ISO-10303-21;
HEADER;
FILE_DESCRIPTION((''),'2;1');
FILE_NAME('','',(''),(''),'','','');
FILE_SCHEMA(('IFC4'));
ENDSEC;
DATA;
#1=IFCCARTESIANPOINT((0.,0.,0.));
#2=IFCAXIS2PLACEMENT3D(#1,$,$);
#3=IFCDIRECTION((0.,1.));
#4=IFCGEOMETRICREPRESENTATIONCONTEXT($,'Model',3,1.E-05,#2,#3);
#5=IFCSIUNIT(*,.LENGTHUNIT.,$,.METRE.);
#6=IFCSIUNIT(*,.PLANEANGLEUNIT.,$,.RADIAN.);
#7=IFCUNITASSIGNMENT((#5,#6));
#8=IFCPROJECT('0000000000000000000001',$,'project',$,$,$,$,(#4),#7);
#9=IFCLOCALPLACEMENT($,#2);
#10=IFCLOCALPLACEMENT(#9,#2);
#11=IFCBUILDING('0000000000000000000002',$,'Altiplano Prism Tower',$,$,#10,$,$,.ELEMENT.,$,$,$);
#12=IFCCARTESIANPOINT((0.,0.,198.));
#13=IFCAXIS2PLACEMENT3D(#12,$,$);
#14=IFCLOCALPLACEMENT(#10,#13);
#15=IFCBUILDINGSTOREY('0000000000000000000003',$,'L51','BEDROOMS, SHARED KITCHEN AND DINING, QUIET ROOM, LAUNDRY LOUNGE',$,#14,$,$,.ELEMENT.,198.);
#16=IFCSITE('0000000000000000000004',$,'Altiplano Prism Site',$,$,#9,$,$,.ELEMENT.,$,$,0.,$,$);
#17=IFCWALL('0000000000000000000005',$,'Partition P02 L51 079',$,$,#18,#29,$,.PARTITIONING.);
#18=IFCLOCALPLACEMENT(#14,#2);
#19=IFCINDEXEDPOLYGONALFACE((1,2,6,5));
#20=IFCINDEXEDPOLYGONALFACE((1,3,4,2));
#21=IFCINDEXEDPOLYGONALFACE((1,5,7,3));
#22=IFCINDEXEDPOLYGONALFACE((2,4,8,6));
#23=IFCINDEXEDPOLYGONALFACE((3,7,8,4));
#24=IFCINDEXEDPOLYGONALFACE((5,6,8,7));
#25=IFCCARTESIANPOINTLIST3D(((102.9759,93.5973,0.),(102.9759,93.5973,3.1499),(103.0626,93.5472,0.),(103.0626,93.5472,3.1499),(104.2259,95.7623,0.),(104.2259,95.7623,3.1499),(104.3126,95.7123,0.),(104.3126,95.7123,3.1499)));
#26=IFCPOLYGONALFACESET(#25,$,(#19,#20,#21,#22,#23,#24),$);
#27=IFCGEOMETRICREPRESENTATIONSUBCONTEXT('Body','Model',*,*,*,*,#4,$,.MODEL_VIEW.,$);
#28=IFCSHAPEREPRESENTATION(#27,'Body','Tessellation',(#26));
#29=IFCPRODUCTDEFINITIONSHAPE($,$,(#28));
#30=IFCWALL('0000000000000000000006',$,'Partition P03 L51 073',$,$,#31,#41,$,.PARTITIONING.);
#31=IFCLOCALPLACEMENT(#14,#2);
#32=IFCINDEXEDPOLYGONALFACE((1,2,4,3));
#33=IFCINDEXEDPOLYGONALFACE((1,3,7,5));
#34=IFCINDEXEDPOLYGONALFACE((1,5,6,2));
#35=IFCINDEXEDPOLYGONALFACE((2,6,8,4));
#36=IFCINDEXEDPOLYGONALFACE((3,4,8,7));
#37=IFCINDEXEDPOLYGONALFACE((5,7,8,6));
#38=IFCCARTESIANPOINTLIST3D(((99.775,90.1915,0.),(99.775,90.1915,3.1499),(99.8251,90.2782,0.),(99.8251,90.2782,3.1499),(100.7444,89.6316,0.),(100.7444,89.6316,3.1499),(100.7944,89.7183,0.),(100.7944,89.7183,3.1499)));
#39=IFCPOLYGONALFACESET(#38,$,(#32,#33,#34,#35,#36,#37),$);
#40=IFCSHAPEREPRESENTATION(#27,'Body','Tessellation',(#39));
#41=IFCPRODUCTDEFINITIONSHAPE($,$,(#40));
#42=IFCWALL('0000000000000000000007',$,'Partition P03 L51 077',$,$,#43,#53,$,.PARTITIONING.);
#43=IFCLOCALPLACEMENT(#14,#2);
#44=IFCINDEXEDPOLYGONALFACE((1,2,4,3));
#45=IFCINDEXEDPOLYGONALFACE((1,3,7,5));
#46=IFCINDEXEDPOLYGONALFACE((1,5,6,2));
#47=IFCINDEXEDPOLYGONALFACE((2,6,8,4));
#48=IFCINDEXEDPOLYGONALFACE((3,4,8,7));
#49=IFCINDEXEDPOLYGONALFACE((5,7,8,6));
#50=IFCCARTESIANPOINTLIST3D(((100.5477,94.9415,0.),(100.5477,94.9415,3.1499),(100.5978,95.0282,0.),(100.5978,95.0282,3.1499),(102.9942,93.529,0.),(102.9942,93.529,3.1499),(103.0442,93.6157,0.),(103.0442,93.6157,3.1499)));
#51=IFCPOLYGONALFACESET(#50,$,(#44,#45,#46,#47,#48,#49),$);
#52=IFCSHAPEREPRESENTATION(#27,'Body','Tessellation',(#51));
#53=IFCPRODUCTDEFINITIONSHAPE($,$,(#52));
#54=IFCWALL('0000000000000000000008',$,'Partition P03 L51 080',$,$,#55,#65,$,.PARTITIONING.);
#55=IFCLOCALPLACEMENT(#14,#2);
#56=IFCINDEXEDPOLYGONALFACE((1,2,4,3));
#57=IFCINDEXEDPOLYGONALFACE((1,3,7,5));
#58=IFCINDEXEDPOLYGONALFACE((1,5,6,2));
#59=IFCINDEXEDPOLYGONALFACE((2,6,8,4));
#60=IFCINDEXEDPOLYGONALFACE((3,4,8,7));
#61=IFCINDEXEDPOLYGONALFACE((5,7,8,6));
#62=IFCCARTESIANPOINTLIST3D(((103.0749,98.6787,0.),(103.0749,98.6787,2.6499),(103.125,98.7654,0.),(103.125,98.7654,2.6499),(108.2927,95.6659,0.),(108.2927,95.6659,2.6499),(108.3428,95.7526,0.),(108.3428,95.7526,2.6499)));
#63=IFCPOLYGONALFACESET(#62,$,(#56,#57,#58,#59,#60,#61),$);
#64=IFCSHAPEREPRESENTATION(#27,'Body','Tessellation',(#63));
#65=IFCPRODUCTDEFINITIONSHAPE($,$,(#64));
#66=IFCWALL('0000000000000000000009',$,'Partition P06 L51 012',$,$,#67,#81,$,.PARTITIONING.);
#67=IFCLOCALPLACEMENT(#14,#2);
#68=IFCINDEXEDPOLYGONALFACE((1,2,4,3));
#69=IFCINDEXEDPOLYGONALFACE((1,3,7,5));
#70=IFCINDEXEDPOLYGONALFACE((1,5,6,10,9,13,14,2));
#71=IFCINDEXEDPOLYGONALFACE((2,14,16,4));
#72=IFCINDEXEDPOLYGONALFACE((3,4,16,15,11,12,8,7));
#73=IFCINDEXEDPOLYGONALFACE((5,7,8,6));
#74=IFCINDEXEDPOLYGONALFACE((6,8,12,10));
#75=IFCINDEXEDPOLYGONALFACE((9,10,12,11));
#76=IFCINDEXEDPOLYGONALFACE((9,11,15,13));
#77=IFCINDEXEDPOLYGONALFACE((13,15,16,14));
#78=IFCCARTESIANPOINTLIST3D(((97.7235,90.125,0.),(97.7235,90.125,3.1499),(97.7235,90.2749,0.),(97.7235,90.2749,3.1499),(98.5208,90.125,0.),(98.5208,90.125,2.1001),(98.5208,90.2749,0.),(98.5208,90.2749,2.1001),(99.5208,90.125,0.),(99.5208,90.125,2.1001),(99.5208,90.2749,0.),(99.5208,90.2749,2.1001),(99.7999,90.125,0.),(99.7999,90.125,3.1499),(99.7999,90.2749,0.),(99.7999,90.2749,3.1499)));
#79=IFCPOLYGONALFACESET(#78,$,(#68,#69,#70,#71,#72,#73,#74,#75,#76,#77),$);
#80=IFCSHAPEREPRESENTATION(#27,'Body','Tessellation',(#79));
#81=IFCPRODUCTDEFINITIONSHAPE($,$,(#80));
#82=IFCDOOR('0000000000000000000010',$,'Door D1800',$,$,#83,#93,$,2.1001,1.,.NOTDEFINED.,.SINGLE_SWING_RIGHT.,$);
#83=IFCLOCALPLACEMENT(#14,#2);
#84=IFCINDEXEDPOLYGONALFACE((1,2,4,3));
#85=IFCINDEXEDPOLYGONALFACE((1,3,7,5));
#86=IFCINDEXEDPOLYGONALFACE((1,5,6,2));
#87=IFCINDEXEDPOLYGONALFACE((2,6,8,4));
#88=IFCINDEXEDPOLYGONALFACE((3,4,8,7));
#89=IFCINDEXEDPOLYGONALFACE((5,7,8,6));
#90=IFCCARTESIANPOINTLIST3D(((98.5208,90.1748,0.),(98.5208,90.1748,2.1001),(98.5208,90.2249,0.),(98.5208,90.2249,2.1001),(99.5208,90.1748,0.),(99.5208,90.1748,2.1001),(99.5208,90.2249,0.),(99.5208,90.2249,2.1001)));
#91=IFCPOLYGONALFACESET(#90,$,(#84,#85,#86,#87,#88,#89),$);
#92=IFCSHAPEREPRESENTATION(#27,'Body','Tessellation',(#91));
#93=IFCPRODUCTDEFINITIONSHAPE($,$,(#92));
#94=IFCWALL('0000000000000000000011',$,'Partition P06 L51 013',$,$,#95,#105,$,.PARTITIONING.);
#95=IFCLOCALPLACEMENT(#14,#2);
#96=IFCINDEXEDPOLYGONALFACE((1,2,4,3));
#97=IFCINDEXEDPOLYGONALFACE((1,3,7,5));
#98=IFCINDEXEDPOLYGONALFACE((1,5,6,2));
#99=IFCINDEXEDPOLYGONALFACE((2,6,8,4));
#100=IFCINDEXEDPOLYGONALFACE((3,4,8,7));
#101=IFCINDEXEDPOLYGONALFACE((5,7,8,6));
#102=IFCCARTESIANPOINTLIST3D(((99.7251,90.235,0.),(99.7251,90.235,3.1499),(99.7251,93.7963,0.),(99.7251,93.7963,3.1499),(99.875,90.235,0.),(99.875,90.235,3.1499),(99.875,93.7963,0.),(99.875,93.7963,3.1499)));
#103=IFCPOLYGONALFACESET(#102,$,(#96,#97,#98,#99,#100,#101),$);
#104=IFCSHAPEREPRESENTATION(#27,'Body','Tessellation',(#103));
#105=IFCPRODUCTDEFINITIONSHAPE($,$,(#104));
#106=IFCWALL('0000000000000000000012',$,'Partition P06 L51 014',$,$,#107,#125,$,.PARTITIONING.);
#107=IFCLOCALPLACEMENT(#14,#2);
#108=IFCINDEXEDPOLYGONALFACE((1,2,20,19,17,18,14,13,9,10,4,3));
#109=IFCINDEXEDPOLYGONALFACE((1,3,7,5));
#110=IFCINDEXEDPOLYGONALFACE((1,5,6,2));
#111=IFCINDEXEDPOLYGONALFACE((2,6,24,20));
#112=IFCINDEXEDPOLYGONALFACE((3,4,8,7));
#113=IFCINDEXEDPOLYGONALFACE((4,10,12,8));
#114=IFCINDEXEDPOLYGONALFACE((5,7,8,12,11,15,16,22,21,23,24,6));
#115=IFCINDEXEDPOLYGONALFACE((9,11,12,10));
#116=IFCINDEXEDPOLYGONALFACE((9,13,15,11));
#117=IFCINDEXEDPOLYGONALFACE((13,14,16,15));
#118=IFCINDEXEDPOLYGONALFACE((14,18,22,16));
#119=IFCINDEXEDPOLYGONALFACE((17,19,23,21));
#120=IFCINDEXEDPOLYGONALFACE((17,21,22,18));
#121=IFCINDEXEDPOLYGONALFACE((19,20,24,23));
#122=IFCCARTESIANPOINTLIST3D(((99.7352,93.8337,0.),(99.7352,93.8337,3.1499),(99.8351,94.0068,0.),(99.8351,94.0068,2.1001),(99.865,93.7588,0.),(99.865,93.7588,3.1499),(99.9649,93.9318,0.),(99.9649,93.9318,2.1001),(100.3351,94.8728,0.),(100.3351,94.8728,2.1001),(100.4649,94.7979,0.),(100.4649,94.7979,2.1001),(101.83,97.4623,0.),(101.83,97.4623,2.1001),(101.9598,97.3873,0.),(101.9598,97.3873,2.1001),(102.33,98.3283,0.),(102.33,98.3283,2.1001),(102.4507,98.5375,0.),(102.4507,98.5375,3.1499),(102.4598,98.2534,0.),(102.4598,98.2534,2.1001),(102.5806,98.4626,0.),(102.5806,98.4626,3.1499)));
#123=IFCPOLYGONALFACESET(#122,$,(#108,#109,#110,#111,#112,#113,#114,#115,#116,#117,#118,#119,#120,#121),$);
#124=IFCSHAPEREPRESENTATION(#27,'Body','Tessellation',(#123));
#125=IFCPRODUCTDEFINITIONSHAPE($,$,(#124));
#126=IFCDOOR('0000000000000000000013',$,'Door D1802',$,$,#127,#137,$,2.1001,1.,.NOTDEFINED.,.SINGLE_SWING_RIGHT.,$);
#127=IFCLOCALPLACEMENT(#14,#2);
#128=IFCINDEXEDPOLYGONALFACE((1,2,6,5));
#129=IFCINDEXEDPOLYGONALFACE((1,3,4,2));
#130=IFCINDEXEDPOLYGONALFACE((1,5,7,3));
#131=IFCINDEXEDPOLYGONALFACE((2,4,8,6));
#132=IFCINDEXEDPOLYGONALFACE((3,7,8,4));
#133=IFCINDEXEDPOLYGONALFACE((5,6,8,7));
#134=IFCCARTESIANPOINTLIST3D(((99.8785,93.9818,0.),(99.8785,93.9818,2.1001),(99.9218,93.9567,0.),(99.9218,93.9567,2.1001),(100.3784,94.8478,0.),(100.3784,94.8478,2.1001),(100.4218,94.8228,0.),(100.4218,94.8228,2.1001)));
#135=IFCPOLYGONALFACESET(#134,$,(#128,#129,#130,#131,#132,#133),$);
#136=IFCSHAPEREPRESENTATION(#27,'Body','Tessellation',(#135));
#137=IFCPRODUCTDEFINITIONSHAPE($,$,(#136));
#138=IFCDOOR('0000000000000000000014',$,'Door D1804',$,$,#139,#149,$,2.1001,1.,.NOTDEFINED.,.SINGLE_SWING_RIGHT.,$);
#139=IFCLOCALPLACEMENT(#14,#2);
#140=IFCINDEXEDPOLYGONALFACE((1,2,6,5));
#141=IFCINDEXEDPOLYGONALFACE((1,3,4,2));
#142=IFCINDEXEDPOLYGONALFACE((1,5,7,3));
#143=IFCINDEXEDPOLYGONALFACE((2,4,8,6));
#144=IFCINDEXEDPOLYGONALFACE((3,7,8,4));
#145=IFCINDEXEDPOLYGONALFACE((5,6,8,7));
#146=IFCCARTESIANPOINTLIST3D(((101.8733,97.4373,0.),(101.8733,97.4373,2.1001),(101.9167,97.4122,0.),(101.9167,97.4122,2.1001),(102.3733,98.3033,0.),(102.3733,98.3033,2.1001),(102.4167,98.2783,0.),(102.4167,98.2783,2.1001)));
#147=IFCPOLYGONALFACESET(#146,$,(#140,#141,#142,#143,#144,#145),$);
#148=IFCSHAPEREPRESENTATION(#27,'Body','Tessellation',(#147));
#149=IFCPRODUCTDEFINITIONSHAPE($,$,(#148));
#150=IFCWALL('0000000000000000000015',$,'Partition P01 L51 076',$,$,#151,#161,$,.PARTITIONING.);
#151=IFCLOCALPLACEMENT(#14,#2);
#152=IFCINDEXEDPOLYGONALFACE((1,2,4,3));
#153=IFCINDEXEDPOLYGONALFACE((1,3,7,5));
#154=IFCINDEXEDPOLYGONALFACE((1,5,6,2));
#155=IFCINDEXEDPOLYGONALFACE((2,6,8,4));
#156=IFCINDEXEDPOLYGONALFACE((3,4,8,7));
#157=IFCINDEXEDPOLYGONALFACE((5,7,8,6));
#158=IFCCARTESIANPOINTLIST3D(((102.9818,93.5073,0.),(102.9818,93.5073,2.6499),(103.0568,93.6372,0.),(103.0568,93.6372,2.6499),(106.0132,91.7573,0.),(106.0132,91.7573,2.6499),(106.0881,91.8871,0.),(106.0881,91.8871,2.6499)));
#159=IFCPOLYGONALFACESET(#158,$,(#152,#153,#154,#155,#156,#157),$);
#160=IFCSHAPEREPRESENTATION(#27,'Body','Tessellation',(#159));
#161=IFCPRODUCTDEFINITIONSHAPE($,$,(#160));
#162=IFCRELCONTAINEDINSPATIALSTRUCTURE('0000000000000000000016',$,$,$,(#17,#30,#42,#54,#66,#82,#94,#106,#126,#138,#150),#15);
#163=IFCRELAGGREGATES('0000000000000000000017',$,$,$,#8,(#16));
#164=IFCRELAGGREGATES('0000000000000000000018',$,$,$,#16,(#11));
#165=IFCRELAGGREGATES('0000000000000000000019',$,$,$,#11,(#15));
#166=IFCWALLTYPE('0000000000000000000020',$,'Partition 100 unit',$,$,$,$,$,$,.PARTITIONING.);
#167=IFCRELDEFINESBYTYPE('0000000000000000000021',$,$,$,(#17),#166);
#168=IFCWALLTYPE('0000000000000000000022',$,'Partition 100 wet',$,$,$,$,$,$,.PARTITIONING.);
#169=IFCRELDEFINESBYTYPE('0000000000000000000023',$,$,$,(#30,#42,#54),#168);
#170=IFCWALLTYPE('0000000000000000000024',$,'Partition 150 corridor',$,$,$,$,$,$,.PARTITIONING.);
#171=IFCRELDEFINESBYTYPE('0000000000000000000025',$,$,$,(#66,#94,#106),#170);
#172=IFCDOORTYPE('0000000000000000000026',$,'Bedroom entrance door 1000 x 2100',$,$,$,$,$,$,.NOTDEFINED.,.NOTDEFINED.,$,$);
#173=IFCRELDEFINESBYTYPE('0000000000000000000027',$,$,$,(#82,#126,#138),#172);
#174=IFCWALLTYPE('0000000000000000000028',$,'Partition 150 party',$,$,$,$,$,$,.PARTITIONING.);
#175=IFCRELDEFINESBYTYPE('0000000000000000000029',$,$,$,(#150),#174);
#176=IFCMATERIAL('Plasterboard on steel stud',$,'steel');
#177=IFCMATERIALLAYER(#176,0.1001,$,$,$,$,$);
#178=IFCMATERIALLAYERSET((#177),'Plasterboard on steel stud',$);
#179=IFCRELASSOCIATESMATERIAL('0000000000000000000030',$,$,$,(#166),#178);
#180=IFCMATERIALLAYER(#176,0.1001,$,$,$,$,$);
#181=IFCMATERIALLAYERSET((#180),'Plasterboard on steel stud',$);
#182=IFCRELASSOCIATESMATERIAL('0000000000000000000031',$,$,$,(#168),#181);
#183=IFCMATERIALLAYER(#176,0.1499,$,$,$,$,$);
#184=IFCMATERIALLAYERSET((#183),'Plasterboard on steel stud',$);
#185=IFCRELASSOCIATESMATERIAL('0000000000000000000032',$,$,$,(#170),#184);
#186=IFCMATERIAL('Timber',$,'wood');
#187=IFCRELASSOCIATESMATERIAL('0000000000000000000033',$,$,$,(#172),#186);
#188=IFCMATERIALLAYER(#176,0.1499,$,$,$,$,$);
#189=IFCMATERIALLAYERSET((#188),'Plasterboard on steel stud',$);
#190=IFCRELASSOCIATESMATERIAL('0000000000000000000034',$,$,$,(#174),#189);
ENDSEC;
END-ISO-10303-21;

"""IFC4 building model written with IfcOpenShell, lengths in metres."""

from ifc_helpers import new_model, si_unit, direction, frame, frame_2d, origin, place, context, subcontext, project, spatial, rectangle, extrude, material, layer, layer_set, type_object, element, fill, save


model = new_model("IFC4")

# Units and contexts
model_context = context("Model", 3, precision=1e-05, world=origin(), true_north=direction((0.0, 1.0)))
body_context = subcontext(model_context, "Body", "Model", "MODEL_VIEW")
ifc_project = project(units=[si_unit("LENGTHUNIT", "METRE"), si_unit("PLANEANGLEUNIT", "RADIAN")], contexts=[model_context])

# Site, building, storey
site_placement = place(None, origin())
site = spatial("IfcSite", under=ifc_project, at=site_placement, Name="Altiplano Prism Site", CompositionType="ELEMENT", RefElevation=0.0)
building_placement = place(site_placement, origin())
building = spatial("IfcBuilding", under=site, at=building_placement, Name="Altiplano Prism Tower", CompositionType="ELEMENT")
storey_placement = place(building_placement, frame((0.0, 0.0, 198.0)))
storey = spatial("IfcBuildingStorey", under=building, at=storey_placement, Name="L51", Description="BEDROOMS, SHARED KITCHEN AND DINING, QUIET ROOM, LAUNDRY LOUNGE", CompositionType="ELEMENT", Elevation=198.0)

# Shared definitions
ifc_material_1 = material(Name="Plasterboard on steel stud", Category="steel")
ifc_layer_1 = layer(ifc_material_1, 0.1001)
ifc_layer_set_1 = layer_set([ifc_layer_1], Name="Plasterboard on steel stud")
wall_type_1 = type_object("IfcWallType", Name="Partition 100 unit", PredefinedType="PARTITIONING", material=ifc_layer_set_1)
ifc_material_2 = material(Name="Timber", Category="wood")

# Walls
wall_1_placement = place(storey_placement, frame((104.2693, 95.7373, 0.0), z_axis=(0.0, 0.0, 1.0), x_axis=(-0.500004, -0.866023, 0.0)))
element("IfcWall", 1, at=wall_1_placement, inside=storey, type_object=wall_type_1, Name="Partition P02 L51 079", PredefinedType="PARTITIONING", context=body_context, shape_type="SweptSolid", body=[
    extrude(rectangle(XDim=2.5, YDim=0.1001, at=frame_2d((1.25, 0.0))), origin(), (0.0, 0.0, 1.0), 3.1499),
])
ifc_layer_2 = layer(ifc_material_1, 0.1001)
ifc_layer_set_2 = layer_set([ifc_layer_2], Name="Plasterboard on steel stud")
wall_type_2 = type_object("IfcWallType", Name="Partition 100 wet", PredefinedType="PARTITIONING", material=ifc_layer_set_2)
wall_2_placement = place(storey_placement, frame((100.7693, 89.675, 0.0), z_axis=(0.0, 0.0, 1.0), x_axis=(-0.865939, 0.50015, 0.0)))
element("IfcWall", 2, at=wall_2_placement, inside=storey, type_object=wall_type_2, Name="Partition P03 L51 073", PredefinedType="PARTITIONING", context=body_context, shape_type="SweptSolid", body=[
    extrude(rectangle(XDim=1.1194, YDim=0.1001, at=frame_2d((0.5596, 0.0))), origin(), (0.0, 0.0, 1.0), 3.1499),
])
wall_3_placement = place(storey_placement, frame((103.0193, 93.5723, 0.0), z_axis=(0.0, 0.0, 1.0), x_axis=(-0.866011, 0.500024, 0.0)))
element("IfcWall", 3, at=wall_3_placement, inside=storey, type_object=wall_type_2, Name="Partition P03 L51 077", PredefinedType="PARTITIONING", context=body_context, shape_type="SweptSolid", body=[
    extrude(rectangle(XDim=2.825, YDim=0.1001, at=frame_2d((1.4126, 0.0))), origin(), (0.0, 0.0, 1.0), 3.1499),
])
wall_4_placement = place(storey_placement, frame((108.3179, 95.7092, 0.0), z_axis=(0.0, 0.0, 1.0), x_axis=(-0.86601, 0.500026, 0.0)))
element("IfcWall", 4, at=wall_4_placement, inside=storey, type_object=wall_type_2, Name="Partition P03 L51 080", PredefinedType="PARTITIONING", context=body_context, shape_type="SweptSolid", body=[
    extrude(rectangle(XDim=6.0251, YDim=0.1001, at=frame_2d((3.0127, 0.0))), origin(), (0.0, 0.0, 1.0), 2.6499),
])

# Wall, opening, door
ifc_layer_3 = layer(ifc_material_1, 0.1499)
ifc_layer_set_3 = layer_set([ifc_layer_3], Name="Plasterboard on steel stud")
wall_type_3 = type_object("IfcWallType", Name="Partition 150 corridor", PredefinedType="PARTITIONING", material=ifc_layer_set_3)
wall_5_placement = place(storey_placement, frame((97.7236, 90.2, 0.0), z_axis=(0.0, 0.0, 1.0), x_axis=(1.0, 0.0, 0.0)))
wall_5 = element("IfcWall", 5, at=wall_5_placement, inside=storey, type_object=wall_type_3, Name="Partition P06 L51 012", PredefinedType="PARTITIONING", context=body_context, shape_type="SweptSolid", body=[
    extrude(rectangle(XDim=2.0764, YDim=0.1499, at=frame_2d((1.0381, 0.0))), origin(), (0.0, 0.0, 1.0), 3.1499),
])
opening_1_placement = place(wall_5_placement, frame((0.7971, 0.0, 0.0)))
opening_1 = element("IfcOpeningElement", 6, at=opening_1_placement, cuts=wall_5, PredefinedType="OPENING", context=body_context, shape_type="SweptSolid", body=[
    extrude(rectangle(XDim=1.0, YDim=2.1001, at=frame_2d((0.5, 1.05))), frame((0.0, 0.0854, 0.0), z_axis=(0.0, -1.0, 0.0), x_axis=(1.0, 0.0, 0.0)), (0.0, 0.0, 1.0), 0.1709),
])
door_type_1 = type_object("IfcDoorType", Name="Bedroom entrance door 1000 x 2100", OperationType="NOTDEFINED", PredefinedType="NOTDEFINED", material=ifc_material_2)
door_1_placement = place(opening_1_placement, origin())
door_1 = element("IfcDoor", 7, at=door_1_placement, inside=storey, type_object=door_type_1, Name="Door D1800", OperationType="SINGLE_SWING_RIGHT", OverallHeight=2.1001, OverallWidth=1.0, PredefinedType="NOTDEFINED", context=body_context, shape_type="SweptSolid", body=[
    extrude(rectangle(XDim=1.0, YDim=2.1001, at=frame_2d((0.5, 1.05))), frame((0.0, 0.0249, 0.0), z_axis=(0.0, -1.0, 0.0), x_axis=(1.0, 0.0, 0.0)), (0.0, 0.0, 1.0), 0.05),
])
fill(opening_1, door_1)

# Wall
wall_6_placement = place(storey_placement, frame((99.8, 90.2349, 0.0), z_axis=(0.0, 0.0, 1.0), x_axis=(0.0, 1.0, 0.0)))
element("IfcWall", 8, at=wall_6_placement, inside=storey, type_object=wall_type_3, Name="Partition P06 L51 013", PredefinedType="PARTITIONING", context=body_context, shape_type="SweptSolid", body=[
    extrude(rectangle(XDim=3.5613, YDim=0.1499, at=frame_2d((1.7808, 0.0))), origin(), (0.0, 0.0, 1.0), 3.1499),
])

# Wall, openings, doors
wall_7_placement = place(storey_placement, frame((99.8, 93.7961, 0.0), z_axis=(0.0, 0.0, 1.0), x_axis=(0.499973, 0.866041, 0.0)))
wall_7 = element("IfcWall", 9, at=wall_7_placement, inside=storey, type_object=wall_type_3, Name="Partition P06 L51 014", PredefinedType="PARTITIONING", context=body_context, shape_type="SweptSolid", body=[
    extrude(rectangle(XDim=5.4314, YDim=0.1499, at=frame_2d((2.7158, 0.0))), origin(), (0.0, 0.0, 1.0), 3.1499),
])
opening_2_placement = place(wall_7_placement, frame((0.2, 0.0, 0.0)))
opening_2 = element("IfcOpeningElement", 10, at=opening_2_placement, cuts=wall_7, PredefinedType="OPENING", context=body_context, shape_type="SweptSolid", body=[
    extrude(rectangle(XDim=1.0, YDim=2.1001, at=frame_2d((0.5, 1.05))), frame((0.0, 0.0854, 0.0), z_axis=(0.0, -1.0, 0.0), x_axis=(1.0, 0.0, 0.0)), (0.0, 0.0, 1.0), 0.1709),
])
opening_3_placement = place(wall_7_placement, frame((4.1899, 0.0, 0.0)))
opening_3 = element("IfcOpeningElement", 11, at=opening_3_placement, cuts=wall_7, PredefinedType="OPENING", context=body_context, shape_type="SweptSolid", body=[
    extrude(rectangle(XDim=1.0, YDim=2.1001, at=frame_2d((0.5, 1.05))), frame((0.0, 0.0854, 0.0), z_axis=(0.0, -1.0, 0.0), x_axis=(1.0, 0.0, 0.0)), (0.0, 0.0, 1.0), 0.1709),
])
door_2_placement = place(opening_2_placement, origin())
door_2 = element("IfcDoor", 12, at=door_2_placement, inside=storey, type_object=door_type_1, Name="Door D1802", OperationType="SINGLE_SWING_RIGHT", OverallHeight=2.1001, OverallWidth=1.0, PredefinedType="NOTDEFINED", context=body_context, shape_type="SweptSolid", body=[
    extrude(rectangle(XDim=1.0, YDim=2.1001, at=frame_2d((0.5, 1.05))), frame((0.0, 0.0249, 0.0), z_axis=(0.0, -1.0, 0.0), x_axis=(1.0, 0.0, 0.0)), (0.0, 0.0, 1.0), 0.05),
])
fill(opening_2, door_2)
door_3_placement = place(opening_3_placement, origin())
door_3 = element("IfcDoor", 13, at=door_3_placement, inside=storey, type_object=door_type_1, Name="Door D1804", OperationType="SINGLE_SWING_RIGHT", OverallHeight=2.1001, OverallWidth=1.0, PredefinedType="NOTDEFINED", context=body_context, shape_type="SweptSolid", body=[
    extrude(rectangle(XDim=1.0, YDim=2.1001, at=frame_2d((0.5, 1.05))), frame((0.0, 0.0249, 0.0), z_axis=(0.0, -1.0, 0.0), x_axis=(1.0, 0.0, 0.0)), (0.0, 0.0, 1.0), 0.05),
])
fill(opening_3, door_3)

# Wall
ifc_layer_4 = layer(ifc_material_1, 0.1499)
ifc_layer_set_4 = layer_set([ifc_layer_4], Name="Plasterboard on steel stud")
wall_type_4 = type_object("IfcWallType", Name="Partition 150 party", PredefinedType="PARTITIONING", material=ifc_layer_set_4)
wall_8_placement = place(storey_placement, frame((106.0505, 91.8223, 0.0), z_axis=(0.0, 0.0, 1.0), x_axis=(-0.866037, 0.49998, 0.0)))
element("IfcWall", 14, at=wall_8_placement, inside=storey, type_object=wall_type_4, Name="Partition P01 L51 076", PredefinedType="PARTITIONING", context=body_context, shape_type="SweptSolid", body=[
    extrude(rectangle(XDim=3.5002, YDim=0.1499, at=frame_2d((1.75, 0.0))), origin(), (0.0, 0.0, 1.0), 2.6499),
])

save(model, "model.ifc")
